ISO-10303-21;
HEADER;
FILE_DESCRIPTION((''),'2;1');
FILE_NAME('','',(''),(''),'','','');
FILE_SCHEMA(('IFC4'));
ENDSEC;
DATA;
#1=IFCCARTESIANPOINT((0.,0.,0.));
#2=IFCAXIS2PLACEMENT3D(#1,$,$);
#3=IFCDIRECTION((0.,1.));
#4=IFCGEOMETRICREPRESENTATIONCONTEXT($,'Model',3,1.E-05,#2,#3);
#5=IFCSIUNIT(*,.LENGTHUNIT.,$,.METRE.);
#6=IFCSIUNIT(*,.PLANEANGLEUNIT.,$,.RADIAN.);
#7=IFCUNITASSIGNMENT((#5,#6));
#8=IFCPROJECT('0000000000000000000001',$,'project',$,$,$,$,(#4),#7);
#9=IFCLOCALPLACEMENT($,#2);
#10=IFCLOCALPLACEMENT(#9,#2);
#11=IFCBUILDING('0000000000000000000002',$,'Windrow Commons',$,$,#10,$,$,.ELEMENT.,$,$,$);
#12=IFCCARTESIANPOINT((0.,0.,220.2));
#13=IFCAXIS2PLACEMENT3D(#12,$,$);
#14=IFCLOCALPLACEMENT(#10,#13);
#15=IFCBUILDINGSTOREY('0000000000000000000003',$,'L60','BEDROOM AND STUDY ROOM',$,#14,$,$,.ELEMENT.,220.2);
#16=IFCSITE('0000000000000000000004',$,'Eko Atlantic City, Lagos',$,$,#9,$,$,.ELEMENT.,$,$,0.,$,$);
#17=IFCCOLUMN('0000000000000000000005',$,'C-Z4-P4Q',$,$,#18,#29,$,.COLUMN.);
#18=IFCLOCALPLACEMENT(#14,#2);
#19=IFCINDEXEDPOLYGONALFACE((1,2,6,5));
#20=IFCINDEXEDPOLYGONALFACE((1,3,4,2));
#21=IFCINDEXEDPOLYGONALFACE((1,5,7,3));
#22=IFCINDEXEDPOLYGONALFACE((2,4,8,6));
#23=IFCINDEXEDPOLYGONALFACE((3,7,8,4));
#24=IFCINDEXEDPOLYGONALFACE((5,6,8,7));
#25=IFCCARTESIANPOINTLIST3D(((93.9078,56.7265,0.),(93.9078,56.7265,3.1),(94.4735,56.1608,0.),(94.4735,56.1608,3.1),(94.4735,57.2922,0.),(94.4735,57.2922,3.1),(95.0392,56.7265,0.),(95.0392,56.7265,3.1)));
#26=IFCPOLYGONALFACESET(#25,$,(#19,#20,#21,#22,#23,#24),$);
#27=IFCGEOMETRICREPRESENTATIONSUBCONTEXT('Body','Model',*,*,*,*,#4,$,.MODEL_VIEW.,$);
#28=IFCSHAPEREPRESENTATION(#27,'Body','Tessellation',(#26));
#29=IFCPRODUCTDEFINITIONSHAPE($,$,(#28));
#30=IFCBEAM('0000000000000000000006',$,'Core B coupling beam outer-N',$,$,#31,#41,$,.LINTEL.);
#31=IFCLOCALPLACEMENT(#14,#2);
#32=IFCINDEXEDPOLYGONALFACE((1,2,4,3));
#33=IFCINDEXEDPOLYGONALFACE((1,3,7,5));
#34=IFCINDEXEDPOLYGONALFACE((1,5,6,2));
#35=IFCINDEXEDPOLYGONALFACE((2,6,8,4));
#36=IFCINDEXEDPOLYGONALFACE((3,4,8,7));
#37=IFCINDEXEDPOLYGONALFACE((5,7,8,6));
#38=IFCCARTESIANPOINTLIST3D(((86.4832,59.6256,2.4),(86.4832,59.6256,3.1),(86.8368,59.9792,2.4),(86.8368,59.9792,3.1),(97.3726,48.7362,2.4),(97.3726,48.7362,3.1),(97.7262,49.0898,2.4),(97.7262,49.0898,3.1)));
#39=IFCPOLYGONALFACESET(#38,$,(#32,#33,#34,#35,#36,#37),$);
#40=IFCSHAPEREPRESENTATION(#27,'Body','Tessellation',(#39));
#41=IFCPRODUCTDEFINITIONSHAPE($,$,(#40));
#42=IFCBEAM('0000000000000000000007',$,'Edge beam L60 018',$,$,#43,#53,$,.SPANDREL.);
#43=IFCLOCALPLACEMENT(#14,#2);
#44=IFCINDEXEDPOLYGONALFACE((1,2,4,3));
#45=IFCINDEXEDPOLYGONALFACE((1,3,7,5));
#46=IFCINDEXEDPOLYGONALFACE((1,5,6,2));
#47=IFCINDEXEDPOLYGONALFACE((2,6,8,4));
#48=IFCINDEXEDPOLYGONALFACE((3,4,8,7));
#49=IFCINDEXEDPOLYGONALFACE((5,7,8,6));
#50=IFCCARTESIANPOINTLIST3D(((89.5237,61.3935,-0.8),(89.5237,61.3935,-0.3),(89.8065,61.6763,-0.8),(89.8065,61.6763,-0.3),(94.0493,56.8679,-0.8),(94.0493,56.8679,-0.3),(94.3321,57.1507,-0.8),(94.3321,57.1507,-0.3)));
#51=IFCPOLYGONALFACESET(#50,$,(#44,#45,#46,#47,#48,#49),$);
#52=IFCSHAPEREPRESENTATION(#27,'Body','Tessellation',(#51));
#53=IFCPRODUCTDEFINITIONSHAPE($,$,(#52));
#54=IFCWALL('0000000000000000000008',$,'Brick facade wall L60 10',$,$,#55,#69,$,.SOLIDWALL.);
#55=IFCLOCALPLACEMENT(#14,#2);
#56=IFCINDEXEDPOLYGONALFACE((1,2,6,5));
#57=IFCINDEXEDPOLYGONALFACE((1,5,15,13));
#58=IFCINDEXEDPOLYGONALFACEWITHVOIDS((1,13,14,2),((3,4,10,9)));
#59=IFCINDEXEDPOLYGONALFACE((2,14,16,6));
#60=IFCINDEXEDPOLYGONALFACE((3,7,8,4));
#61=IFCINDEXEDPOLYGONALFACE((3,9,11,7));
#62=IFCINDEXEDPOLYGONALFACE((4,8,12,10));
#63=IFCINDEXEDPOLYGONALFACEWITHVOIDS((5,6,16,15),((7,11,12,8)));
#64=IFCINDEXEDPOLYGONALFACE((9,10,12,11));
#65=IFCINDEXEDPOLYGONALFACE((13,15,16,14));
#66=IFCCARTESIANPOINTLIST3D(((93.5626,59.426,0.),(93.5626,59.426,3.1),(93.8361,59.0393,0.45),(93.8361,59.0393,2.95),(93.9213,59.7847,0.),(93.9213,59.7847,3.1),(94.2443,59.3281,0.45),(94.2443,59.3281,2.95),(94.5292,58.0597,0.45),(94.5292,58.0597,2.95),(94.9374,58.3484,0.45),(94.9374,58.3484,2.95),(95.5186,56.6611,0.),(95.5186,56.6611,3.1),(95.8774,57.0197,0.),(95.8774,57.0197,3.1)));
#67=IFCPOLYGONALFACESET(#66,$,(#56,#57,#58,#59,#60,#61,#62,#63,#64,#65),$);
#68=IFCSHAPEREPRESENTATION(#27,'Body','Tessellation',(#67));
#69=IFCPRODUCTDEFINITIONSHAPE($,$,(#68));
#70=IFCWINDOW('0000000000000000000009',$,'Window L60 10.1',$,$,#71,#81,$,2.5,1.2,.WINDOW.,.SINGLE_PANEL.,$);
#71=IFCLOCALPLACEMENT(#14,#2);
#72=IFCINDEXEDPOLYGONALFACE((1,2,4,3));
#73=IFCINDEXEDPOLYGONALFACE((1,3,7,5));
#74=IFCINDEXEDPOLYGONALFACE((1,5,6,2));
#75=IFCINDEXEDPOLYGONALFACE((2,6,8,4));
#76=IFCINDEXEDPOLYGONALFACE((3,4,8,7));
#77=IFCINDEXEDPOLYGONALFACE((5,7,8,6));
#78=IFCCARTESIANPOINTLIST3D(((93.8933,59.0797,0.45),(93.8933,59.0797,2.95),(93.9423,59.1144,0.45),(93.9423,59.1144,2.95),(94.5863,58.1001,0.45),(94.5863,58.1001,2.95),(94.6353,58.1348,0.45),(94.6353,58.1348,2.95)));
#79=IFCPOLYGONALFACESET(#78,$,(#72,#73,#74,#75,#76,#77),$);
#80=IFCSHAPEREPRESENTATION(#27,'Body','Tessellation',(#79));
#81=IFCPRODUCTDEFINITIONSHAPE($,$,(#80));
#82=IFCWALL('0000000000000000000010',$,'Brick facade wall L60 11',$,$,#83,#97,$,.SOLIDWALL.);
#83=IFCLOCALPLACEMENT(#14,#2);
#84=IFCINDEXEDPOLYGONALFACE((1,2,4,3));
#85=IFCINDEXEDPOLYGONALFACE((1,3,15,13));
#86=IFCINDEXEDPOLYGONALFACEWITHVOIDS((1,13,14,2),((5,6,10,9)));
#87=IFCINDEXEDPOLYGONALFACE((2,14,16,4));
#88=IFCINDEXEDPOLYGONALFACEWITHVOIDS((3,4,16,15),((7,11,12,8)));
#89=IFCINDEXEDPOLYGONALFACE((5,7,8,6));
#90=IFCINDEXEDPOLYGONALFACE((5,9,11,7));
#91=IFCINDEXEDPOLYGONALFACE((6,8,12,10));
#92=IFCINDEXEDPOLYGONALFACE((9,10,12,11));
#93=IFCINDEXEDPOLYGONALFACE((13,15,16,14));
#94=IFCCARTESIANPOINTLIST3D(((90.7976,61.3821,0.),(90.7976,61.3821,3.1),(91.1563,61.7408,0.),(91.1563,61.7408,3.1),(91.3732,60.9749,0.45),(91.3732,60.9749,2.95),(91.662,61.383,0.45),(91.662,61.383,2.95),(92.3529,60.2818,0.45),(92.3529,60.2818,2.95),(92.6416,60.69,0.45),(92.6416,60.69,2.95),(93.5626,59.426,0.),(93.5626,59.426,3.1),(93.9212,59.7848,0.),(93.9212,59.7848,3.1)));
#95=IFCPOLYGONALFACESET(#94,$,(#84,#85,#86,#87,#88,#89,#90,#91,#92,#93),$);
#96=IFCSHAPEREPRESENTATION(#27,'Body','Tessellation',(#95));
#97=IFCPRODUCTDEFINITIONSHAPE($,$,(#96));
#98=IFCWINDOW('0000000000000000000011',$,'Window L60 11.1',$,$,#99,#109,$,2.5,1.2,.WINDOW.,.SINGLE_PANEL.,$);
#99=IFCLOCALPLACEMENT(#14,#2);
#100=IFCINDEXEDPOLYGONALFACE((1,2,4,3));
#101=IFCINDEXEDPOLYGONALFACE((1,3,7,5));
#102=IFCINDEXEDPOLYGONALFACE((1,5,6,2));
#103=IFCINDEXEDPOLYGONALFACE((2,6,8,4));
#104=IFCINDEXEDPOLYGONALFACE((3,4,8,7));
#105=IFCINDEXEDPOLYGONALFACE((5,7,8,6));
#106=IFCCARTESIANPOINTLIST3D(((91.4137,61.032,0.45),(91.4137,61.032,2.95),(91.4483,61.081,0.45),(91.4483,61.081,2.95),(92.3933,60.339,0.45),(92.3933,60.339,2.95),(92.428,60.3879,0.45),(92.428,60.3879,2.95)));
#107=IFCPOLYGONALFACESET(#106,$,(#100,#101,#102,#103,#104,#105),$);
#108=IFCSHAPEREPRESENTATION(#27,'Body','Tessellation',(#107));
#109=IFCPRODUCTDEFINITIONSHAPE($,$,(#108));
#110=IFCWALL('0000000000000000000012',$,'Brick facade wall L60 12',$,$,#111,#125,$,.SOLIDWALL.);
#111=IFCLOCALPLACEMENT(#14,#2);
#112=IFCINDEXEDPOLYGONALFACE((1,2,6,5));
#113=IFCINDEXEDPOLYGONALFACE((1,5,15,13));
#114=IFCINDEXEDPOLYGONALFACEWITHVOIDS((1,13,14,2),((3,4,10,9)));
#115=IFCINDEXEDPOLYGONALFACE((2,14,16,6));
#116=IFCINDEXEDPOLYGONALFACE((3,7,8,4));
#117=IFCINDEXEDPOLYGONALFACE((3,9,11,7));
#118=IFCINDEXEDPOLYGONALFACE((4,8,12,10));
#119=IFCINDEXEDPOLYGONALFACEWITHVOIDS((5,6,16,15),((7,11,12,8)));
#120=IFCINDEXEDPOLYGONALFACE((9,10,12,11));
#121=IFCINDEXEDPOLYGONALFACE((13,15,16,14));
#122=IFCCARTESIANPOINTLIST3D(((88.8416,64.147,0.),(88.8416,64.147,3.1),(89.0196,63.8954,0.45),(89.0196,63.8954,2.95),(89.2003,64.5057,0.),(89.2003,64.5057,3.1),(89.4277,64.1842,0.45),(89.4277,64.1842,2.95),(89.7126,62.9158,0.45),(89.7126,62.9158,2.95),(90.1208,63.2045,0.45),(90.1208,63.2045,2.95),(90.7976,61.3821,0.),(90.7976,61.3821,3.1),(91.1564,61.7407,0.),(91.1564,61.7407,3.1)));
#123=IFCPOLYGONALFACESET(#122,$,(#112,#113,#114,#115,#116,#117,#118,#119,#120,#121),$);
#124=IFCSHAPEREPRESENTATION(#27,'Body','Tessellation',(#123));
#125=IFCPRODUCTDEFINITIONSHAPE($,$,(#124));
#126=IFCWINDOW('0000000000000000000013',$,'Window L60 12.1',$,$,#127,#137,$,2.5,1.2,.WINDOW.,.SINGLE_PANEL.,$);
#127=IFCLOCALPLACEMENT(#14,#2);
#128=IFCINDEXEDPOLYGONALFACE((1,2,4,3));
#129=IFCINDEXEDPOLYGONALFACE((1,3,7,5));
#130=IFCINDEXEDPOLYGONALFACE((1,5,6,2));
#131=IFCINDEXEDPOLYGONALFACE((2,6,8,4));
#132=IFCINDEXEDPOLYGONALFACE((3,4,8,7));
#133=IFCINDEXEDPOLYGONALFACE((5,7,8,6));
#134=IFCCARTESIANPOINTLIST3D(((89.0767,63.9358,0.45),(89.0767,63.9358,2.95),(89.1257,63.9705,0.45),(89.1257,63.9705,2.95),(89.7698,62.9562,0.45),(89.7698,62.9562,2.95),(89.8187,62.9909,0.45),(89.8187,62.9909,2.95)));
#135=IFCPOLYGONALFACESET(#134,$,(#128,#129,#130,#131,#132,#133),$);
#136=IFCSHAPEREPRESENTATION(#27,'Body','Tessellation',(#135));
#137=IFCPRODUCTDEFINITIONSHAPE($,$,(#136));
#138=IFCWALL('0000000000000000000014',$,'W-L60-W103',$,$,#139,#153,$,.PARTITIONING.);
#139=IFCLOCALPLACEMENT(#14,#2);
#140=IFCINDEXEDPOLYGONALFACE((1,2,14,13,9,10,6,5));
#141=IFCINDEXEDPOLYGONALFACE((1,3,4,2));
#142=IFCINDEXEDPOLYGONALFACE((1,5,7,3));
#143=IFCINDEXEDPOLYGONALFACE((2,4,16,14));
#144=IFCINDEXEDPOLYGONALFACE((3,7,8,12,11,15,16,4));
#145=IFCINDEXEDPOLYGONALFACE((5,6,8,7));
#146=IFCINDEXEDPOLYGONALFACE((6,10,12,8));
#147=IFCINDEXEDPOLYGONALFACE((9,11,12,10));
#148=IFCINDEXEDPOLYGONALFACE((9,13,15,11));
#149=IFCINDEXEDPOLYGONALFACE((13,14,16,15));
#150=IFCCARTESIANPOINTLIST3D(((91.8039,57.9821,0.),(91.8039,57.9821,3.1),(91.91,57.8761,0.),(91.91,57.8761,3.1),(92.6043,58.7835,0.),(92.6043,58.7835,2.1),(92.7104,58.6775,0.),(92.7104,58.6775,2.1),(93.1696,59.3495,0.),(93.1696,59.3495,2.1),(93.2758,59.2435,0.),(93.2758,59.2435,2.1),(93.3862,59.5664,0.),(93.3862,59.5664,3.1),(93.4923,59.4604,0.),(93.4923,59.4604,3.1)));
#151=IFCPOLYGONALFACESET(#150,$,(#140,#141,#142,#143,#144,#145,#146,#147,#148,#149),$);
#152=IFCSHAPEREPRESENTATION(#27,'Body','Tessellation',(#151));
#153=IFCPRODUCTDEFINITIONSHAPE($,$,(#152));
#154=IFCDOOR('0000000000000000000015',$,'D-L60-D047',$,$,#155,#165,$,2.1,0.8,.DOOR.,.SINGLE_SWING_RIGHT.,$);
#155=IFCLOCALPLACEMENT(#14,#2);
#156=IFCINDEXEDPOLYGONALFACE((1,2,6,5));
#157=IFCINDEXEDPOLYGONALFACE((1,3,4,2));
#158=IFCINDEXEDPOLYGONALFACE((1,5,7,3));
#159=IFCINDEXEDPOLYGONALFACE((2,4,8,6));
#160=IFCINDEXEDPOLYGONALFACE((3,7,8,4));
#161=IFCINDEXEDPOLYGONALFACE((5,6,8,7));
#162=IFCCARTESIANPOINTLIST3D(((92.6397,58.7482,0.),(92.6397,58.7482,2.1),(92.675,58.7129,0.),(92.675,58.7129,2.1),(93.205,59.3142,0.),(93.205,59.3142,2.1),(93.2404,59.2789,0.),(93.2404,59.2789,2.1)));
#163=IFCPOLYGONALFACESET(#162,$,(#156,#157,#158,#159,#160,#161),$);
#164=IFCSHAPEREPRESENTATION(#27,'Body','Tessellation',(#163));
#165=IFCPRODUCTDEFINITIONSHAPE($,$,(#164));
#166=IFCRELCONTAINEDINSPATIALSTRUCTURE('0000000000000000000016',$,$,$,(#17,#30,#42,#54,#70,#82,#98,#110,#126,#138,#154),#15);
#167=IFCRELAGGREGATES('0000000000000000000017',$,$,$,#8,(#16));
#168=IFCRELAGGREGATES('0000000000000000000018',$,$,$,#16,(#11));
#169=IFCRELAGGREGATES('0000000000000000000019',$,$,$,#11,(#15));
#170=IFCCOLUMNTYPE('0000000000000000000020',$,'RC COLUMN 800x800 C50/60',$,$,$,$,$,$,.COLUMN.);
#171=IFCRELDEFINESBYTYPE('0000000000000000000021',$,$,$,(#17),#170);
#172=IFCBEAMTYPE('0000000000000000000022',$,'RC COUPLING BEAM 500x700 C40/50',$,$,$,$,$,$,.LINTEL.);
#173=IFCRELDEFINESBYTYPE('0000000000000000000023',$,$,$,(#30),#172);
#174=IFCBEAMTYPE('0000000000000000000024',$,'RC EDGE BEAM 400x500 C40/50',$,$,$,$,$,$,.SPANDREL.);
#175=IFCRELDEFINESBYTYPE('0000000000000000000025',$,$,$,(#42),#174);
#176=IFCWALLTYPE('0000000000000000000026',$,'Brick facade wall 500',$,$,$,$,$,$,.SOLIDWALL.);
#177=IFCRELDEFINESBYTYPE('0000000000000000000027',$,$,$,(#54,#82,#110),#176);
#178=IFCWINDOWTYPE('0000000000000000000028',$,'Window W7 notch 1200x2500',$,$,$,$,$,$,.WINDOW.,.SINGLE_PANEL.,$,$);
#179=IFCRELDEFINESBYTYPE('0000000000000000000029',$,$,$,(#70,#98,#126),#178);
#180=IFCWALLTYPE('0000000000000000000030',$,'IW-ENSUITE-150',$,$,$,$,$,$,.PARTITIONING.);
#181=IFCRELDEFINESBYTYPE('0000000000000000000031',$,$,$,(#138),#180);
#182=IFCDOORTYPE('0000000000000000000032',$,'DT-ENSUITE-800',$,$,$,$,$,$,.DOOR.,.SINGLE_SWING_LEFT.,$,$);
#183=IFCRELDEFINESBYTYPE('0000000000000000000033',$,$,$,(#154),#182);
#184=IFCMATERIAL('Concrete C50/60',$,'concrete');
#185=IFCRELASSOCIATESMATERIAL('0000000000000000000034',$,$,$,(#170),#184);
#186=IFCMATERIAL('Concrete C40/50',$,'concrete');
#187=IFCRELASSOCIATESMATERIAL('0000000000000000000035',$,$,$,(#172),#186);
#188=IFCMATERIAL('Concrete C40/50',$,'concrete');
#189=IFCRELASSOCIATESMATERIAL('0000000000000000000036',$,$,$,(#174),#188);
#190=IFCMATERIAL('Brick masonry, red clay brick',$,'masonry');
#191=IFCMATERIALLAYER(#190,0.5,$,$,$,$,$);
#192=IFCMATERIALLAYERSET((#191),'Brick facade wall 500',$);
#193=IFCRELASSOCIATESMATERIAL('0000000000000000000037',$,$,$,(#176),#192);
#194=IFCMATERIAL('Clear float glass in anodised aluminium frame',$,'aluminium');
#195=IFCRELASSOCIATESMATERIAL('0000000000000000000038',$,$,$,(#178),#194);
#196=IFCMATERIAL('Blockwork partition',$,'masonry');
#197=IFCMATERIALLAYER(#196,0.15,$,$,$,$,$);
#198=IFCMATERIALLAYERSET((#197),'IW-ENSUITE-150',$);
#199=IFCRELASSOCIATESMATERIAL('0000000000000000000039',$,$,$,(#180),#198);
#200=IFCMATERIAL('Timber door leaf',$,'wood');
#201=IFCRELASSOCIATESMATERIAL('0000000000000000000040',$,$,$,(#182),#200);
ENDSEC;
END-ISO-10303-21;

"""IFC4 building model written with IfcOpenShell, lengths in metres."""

from ifc_helpers import new_model, si_unit, direction, frame, frame_2d, origin, origin_2d, place, context, subcontext, project, spatial, polyline, rectangle, outline, extrude, material, layer, layer_set, material_profile, profile_set, type_object, element, fill, save


model = new_model("IFC4")

# Units and contexts
model_context = context("Model", 3, precision=1e-05, world=origin(), true_north=direction((0.0, 1.0)))
body_context = subcontext(model_context, "Body", "Model", "MODEL_VIEW")
ifc_project = project(units=[si_unit("LENGTHUNIT", "METRE"), si_unit("PLANEANGLEUNIT", "RADIAN")], contexts=[model_context])

# Site, building, storey
site_placement = place(None, origin())
site = spatial("IfcSite", under=ifc_project, at=site_placement, Name="Eko Atlantic City, Lagos", CompositionType="ELEMENT", RefElevation=0.0)
building_placement = place(site_placement, origin())
building = spatial("IfcBuilding", under=site, at=building_placement, Name="Windrow Commons", CompositionType="ELEMENT")
storey_placement = place(building_placement, frame((0.0, 0.0, 220.2)))
storey = spatial("IfcBuildingStorey", under=building, at=storey_placement, Name="L60", Description="BEDROOM AND STUDY ROOM", CompositionType="ELEMENT", Elevation=220.2)

# Column
ifc_material_1 = material(Name="Concrete C50/60", Category="concrete")
ifc_material_profile_1 = material_profile(ifc_material_1, rectangle(XDim=0.8, YDim=0.8, at=origin_2d()))
ifc_profile_set_1 = profile_set([ifc_material_profile_1], Name="Concrete C50/60")
column_type = type_object("IfcColumnType", Name="RC COLUMN 800x800 C50/60", PredefinedType="COLUMN", material=ifc_profile_set_1)
column_placement = place(storey_placement, frame((94.4735, 56.7265, 0.0), z_axis=(0.0, 0.0, 1.0), x_axis=(0.707107, -0.707107, 0.0)))
element("IfcColumn", 1, at=column_placement, inside=storey, type_object=column_type, Name="C-Z4-P4Q", PredefinedType="COLUMN", context=body_context, shape_type="SweptSolid", body=[
    extrude(rectangle(XDim=0.8, YDim=0.8, at=origin_2d()), origin(), (0.0, 0.0, 1.0), 3.1),
])

# Beams
ifc_material_2 = material(Name="Concrete C40/50", Category="concrete")
ifc_material_profile_2 = material_profile(ifc_material_2, rectangle(XDim=0.5, YDim=0.7, at=origin_2d()))
ifc_profile_set_2 = profile_set([ifc_material_profile_2], Name="Concrete C40/50")
beam_type_1 = type_object("IfcBeamType", Name="RC COUPLING BEAM 500x700 C40/50", PredefinedType="LINTEL", material=ifc_profile_set_2)
beam_1_placement = place(storey_placement, frame((86.66, 59.8024, 2.75), z_axis=(0.707107, -0.707107, 0.0), x_axis=(0.707107, 0.707107, 0.0)))
element("IfcBeam", 2, at=beam_1_placement, inside=storey, type_object=beam_type_1, Name="Core B coupling beam outer-N", PredefinedType="LINTEL", context=body_context, shape_type="SweptSolid", body=[
    extrude(rectangle(XDim=0.5, YDim=0.7, at=origin_2d()), origin(), (0.0, 0.0, 1.0), 15.3999),
])
ifc_material_3 = material(Name="Concrete C40/50", Category="concrete")
ifc_material_profile_3 = material_profile(ifc_material_3, rectangle(XDim=0.4, YDim=0.5, at=origin_2d()))
ifc_profile_set_3 = profile_set([ifc_material_profile_3], Name="Concrete C40/50")
beam_type_2 = type_object("IfcBeamType", Name="RC EDGE BEAM 400x500 C40/50", PredefinedType="SPANDREL", material=ifc_profile_set_3)
beam_2_placement = place(storey_placement, frame((89.6651, 61.5349, -0.55), z_axis=(0.707107, -0.707107, 0.0), x_axis=(0.707107, 0.707107, 0.0)))
element("IfcBeam", 3, at=beam_2_placement, inside=storey, type_object=beam_type_2, Name="Edge beam L60 018", PredefinedType="SPANDREL", context=body_context, shape_type="SweptSolid", body=[
    extrude(rectangle(XDim=0.4, YDim=0.5, at=origin_2d()), origin(), (0.0, 0.0, 1.0), 6.4002),
])

# Walls, openings, windows
ifc_material_4 = material(Name="Brick masonry, red clay brick", Category="masonry")
ifc_layer_1 = layer(ifc_material_4, 0.5)
ifc_layer_set_1 = layer_set([ifc_layer_1], Name="Brick facade wall 500")
wall_type_1 = type_object("IfcWallType", Name="Brick facade wall 500", PredefinedType="SOLIDWALL", material=ifc_layer_set_1)
wall_1_placement = place(storey_placement, frame((95.698, 56.8404, 0.0), z_axis=(0.0, 0.0, 1.0), x_axis=(-0.577537, 0.816364, 0.0)))
wall_1 = element("IfcWall", 4, at=wall_1_placement, inside=storey, type_object=wall_type_1, Name="Brick facade wall L60 10", PredefinedType="SOLIDWALL", context=body_context, shape_type="SweptSolid", body=[
    extrude(outline(polyline([(0.0428, -0.25), (3.4297, -0.25), (3.3441, 0.25), (-0.0428, 0.25), (0.0428, -0.25)])), origin(), (0.0, 0.0, 1.0), 3.1),
])
opening_1_placement = place(wall_1_placement, frame((1.6704, 0.0, 0.45)))
opening_1 = element("IfcOpeningElement", 5, at=opening_1_placement, cuts=wall_1, PredefinedType="OPENING", context=body_context, shape_type="SweptSolid", body=[
    extrude(rectangle(XDim=1.2, YDim=2.5, at=frame_2d((0.6, 1.25))), frame((0.0, 0.26, 0.0), z_axis=(0.0, -1.0, 0.0), x_axis=(1.0, 0.0, 0.0)), (0.0, 0.0, 1.0), 0.52),
])
ifc_material_5 = material(Name="Clear float glass in anodised aluminium frame", Category="aluminium")
window_type = type_object("IfcWindowType", Name="Window W7 notch 1200x2500", PartitioningType="SINGLE_PANEL", PredefinedType="WINDOW", material=ifc_material_5)
window_1_placement = place(opening_1_placement, origin())
window_1 = element("IfcWindow", 6, at=window_1_placement, inside=storey, type_object=window_type, Name="Window L60 10.1", OverallHeight=2.5, OverallWidth=1.2, PartitioningType="SINGLE_PANEL", PredefinedType="WINDOW", context=body_context, shape_type="SweptSolid", body=[
    extrude(rectangle(XDim=1.2, YDim=2.5, at=frame_2d((0.6, 1.25))), frame((0.0, 0.18, 0.0), z_axis=(0.0, -1.0, 0.0), x_axis=(1.0, 0.0, 0.0)), (0.0, 0.0, 1.0), 0.06),
])
fill(opening_1, window_1)
wall_2_placement = place(storey_placement, frame((93.7419, 59.6054, 0.0), z_axis=(0.0, 0.0, 1.0), x_axis=(-0.816368, 0.577531, 0.0)))
wall_2 = element("IfcWall", 7, at=wall_2_placement, inside=storey, type_object=wall_type_1, Name="Brick facade wall L60 11", PredefinedType="SOLIDWALL", context=body_context, shape_type="SweptSolid", body=[
    extrude(outline(polyline([(-0.0428, -0.25), (3.3441, -0.25), (3.4297, 0.25), (0.0428, 0.25), (-0.0428, -0.25)])), origin(), (0.0, 0.0, 1.0), 3.1),
])
opening_2_placement = place(wall_2_placement, frame((1.5246, 0.0, 0.45)))
opening_2 = element("IfcOpeningElement", 8, at=opening_2_placement, cuts=wall_2, PredefinedType="OPENING", context=body_context, shape_type="SweptSolid", body=[
    extrude(rectangle(XDim=1.2, YDim=2.5, at=frame_2d((0.6, 1.25))), frame((0.0, 0.26, 0.0), z_axis=(0.0, -1.0, 0.0), x_axis=(1.0, 0.0, 0.0)), (0.0, 0.0, 1.0), 0.52),
])
window_2_placement = place(opening_2_placement, origin())
window_2 = element("IfcWindow", 9, at=window_2_placement, inside=storey, type_object=window_type, Name="Window L60 11.1", OverallHeight=2.5, OverallWidth=1.2, PartitioningType="SINGLE_PANEL", PredefinedType="WINDOW", context=body_context, shape_type="SweptSolid", body=[
    extrude(rectangle(XDim=1.2, YDim=2.5, at=frame_2d((0.6, 1.25))), frame((0.0, 0.18, 0.0), z_axis=(0.0, -1.0, 0.0), x_axis=(1.0, 0.0, 0.0)), (0.0, 0.0, 1.0), 0.06),
])
fill(opening_2, window_2)
wall_3_placement = place(storey_placement, frame((90.977, 61.5614, 0.0), z_axis=(0.0, 0.0, 1.0), x_axis=(-0.577537, 0.816364, 0.0)))
wall_3 = element("IfcWall", 10, at=wall_3_placement, inside=storey, type_object=wall_type_1, Name="Brick facade wall L60 12", PredefinedType="SOLIDWALL", context=body_context, shape_type="SweptSolid", body=[
    extrude(outline(polyline([(0.0428, -0.25), (3.4297, -0.25), (3.3441, 0.25), (-0.0428, 0.25), (0.0428, -0.25)])), origin(), (0.0, 0.0, 1.0), 3.1),
])
opening_3_placement = place(wall_3_placement, frame((1.8359, 0.0, 0.45)))
opening_3 = element("IfcOpeningElement", 11, at=opening_3_placement, cuts=wall_3, PredefinedType="OPENING", context=body_context, shape_type="SweptSolid", body=[
    extrude(rectangle(XDim=1.2, YDim=2.5, at=frame_2d((0.6, 1.25))), frame((0.0, 0.26, 0.0), z_axis=(0.0, -1.0, 0.0), x_axis=(1.0, 0.0, 0.0)), (0.0, 0.0, 1.0), 0.52),
])
window_3_placement = place(opening_3_placement, origin())
window_3 = element("IfcWindow", 12, at=window_3_placement, inside=storey, type_object=window_type, Name="Window L60 12.1", OverallHeight=2.5, OverallWidth=1.2, PartitioningType="SINGLE_PANEL", PredefinedType="WINDOW", context=body_context, shape_type="SweptSolid", body=[
    extrude(rectangle(XDim=1.2, YDim=2.5, at=frame_2d((0.6, 1.25))), frame((0.0, 0.18, 0.0), z_axis=(0.0, -1.0, 0.0), x_axis=(1.0, 0.0, 0.0)), (0.0, 0.0, 1.0), 0.06),
])
fill(opening_3, window_3)

# Wall, opening, door
ifc_material_6 = material(Name="Blockwork partition", Category="masonry")
ifc_layer_2 = layer(ifc_material_6, 0.15)
ifc_layer_set_2 = layer_set([ifc_layer_2], Name="IW-ENSUITE-150")
wall_type_2 = type_object("IfcWallType", Name="IW-ENSUITE-150", PredefinedType="PARTITIONING", material=ifc_layer_set_2)
wall_4_placement = place(storey_placement, frame((91.8569, 57.9291, 0.0), z_axis=(0.0, 0.0, 1.0), x_axis=(0.706682, 0.707531, 0.0)))
wall_4 = element("IfcWall", 13, at=wall_4_placement, inside=storey, type_object=wall_type_2, Name="W-L60-W103", PredefinedType="PARTITIONING", context=body_context, shape_type="SweptSolid", body=[
    extrude(rectangle(XDim=2.2391, YDim=0.15, at=frame_2d((1.1196, 0.0))), origin(), (0.0, 0.0, 1.0), 3.1),
])
opening_4_placement = place(wall_4_placement, frame((1.1327, 0.0, 0.0)))
opening_4 = element("IfcOpeningElement", 14, at=opening_4_placement, cuts=wall_4, PredefinedType="OPENING", context=body_context, shape_type="SweptSolid", body=[
    extrude(rectangle(XDim=0.8, YDim=2.1, at=frame_2d((0.4, 1.05))), frame((0.0, 0.085, 0.0), z_axis=(0.0, -1.0, 0.0), x_axis=(1.0, 0.0, 0.0)), (0.0, 0.0, 1.0), 0.17),
])
ifc_material_7 = material(Name="Timber door leaf", Category="wood")
door_type_1 = type_object("IfcDoorType", Name="DT-ENSUITE-800", OperationType="SINGLE_SWING_LEFT", PredefinedType="DOOR", material=ifc_material_7)
door_1_placement = place(opening_4_placement, origin())
door_1 = element("IfcDoor", 15, at=door_1_placement, inside=storey, type_object=door_type_1, Name="D-L60-D047", OperationType="SINGLE_SWING_RIGHT", OverallHeight=2.1, OverallWidth=0.8, PredefinedType="DOOR", context=body_context, shape_type="SweptSolid", body=[
    extrude(rectangle(XDim=0.8, YDim=2.1, at=frame_2d((0.4, 1.05))), frame((0.0, 0.025, 0.0), z_axis=(0.0, -1.0, 0.0), x_axis=(1.0, 0.0, 0.0)), (0.0, 0.0, 1.0), 0.05),
])
fill(opening_4, door_1)

save(model, "model.ifc")
